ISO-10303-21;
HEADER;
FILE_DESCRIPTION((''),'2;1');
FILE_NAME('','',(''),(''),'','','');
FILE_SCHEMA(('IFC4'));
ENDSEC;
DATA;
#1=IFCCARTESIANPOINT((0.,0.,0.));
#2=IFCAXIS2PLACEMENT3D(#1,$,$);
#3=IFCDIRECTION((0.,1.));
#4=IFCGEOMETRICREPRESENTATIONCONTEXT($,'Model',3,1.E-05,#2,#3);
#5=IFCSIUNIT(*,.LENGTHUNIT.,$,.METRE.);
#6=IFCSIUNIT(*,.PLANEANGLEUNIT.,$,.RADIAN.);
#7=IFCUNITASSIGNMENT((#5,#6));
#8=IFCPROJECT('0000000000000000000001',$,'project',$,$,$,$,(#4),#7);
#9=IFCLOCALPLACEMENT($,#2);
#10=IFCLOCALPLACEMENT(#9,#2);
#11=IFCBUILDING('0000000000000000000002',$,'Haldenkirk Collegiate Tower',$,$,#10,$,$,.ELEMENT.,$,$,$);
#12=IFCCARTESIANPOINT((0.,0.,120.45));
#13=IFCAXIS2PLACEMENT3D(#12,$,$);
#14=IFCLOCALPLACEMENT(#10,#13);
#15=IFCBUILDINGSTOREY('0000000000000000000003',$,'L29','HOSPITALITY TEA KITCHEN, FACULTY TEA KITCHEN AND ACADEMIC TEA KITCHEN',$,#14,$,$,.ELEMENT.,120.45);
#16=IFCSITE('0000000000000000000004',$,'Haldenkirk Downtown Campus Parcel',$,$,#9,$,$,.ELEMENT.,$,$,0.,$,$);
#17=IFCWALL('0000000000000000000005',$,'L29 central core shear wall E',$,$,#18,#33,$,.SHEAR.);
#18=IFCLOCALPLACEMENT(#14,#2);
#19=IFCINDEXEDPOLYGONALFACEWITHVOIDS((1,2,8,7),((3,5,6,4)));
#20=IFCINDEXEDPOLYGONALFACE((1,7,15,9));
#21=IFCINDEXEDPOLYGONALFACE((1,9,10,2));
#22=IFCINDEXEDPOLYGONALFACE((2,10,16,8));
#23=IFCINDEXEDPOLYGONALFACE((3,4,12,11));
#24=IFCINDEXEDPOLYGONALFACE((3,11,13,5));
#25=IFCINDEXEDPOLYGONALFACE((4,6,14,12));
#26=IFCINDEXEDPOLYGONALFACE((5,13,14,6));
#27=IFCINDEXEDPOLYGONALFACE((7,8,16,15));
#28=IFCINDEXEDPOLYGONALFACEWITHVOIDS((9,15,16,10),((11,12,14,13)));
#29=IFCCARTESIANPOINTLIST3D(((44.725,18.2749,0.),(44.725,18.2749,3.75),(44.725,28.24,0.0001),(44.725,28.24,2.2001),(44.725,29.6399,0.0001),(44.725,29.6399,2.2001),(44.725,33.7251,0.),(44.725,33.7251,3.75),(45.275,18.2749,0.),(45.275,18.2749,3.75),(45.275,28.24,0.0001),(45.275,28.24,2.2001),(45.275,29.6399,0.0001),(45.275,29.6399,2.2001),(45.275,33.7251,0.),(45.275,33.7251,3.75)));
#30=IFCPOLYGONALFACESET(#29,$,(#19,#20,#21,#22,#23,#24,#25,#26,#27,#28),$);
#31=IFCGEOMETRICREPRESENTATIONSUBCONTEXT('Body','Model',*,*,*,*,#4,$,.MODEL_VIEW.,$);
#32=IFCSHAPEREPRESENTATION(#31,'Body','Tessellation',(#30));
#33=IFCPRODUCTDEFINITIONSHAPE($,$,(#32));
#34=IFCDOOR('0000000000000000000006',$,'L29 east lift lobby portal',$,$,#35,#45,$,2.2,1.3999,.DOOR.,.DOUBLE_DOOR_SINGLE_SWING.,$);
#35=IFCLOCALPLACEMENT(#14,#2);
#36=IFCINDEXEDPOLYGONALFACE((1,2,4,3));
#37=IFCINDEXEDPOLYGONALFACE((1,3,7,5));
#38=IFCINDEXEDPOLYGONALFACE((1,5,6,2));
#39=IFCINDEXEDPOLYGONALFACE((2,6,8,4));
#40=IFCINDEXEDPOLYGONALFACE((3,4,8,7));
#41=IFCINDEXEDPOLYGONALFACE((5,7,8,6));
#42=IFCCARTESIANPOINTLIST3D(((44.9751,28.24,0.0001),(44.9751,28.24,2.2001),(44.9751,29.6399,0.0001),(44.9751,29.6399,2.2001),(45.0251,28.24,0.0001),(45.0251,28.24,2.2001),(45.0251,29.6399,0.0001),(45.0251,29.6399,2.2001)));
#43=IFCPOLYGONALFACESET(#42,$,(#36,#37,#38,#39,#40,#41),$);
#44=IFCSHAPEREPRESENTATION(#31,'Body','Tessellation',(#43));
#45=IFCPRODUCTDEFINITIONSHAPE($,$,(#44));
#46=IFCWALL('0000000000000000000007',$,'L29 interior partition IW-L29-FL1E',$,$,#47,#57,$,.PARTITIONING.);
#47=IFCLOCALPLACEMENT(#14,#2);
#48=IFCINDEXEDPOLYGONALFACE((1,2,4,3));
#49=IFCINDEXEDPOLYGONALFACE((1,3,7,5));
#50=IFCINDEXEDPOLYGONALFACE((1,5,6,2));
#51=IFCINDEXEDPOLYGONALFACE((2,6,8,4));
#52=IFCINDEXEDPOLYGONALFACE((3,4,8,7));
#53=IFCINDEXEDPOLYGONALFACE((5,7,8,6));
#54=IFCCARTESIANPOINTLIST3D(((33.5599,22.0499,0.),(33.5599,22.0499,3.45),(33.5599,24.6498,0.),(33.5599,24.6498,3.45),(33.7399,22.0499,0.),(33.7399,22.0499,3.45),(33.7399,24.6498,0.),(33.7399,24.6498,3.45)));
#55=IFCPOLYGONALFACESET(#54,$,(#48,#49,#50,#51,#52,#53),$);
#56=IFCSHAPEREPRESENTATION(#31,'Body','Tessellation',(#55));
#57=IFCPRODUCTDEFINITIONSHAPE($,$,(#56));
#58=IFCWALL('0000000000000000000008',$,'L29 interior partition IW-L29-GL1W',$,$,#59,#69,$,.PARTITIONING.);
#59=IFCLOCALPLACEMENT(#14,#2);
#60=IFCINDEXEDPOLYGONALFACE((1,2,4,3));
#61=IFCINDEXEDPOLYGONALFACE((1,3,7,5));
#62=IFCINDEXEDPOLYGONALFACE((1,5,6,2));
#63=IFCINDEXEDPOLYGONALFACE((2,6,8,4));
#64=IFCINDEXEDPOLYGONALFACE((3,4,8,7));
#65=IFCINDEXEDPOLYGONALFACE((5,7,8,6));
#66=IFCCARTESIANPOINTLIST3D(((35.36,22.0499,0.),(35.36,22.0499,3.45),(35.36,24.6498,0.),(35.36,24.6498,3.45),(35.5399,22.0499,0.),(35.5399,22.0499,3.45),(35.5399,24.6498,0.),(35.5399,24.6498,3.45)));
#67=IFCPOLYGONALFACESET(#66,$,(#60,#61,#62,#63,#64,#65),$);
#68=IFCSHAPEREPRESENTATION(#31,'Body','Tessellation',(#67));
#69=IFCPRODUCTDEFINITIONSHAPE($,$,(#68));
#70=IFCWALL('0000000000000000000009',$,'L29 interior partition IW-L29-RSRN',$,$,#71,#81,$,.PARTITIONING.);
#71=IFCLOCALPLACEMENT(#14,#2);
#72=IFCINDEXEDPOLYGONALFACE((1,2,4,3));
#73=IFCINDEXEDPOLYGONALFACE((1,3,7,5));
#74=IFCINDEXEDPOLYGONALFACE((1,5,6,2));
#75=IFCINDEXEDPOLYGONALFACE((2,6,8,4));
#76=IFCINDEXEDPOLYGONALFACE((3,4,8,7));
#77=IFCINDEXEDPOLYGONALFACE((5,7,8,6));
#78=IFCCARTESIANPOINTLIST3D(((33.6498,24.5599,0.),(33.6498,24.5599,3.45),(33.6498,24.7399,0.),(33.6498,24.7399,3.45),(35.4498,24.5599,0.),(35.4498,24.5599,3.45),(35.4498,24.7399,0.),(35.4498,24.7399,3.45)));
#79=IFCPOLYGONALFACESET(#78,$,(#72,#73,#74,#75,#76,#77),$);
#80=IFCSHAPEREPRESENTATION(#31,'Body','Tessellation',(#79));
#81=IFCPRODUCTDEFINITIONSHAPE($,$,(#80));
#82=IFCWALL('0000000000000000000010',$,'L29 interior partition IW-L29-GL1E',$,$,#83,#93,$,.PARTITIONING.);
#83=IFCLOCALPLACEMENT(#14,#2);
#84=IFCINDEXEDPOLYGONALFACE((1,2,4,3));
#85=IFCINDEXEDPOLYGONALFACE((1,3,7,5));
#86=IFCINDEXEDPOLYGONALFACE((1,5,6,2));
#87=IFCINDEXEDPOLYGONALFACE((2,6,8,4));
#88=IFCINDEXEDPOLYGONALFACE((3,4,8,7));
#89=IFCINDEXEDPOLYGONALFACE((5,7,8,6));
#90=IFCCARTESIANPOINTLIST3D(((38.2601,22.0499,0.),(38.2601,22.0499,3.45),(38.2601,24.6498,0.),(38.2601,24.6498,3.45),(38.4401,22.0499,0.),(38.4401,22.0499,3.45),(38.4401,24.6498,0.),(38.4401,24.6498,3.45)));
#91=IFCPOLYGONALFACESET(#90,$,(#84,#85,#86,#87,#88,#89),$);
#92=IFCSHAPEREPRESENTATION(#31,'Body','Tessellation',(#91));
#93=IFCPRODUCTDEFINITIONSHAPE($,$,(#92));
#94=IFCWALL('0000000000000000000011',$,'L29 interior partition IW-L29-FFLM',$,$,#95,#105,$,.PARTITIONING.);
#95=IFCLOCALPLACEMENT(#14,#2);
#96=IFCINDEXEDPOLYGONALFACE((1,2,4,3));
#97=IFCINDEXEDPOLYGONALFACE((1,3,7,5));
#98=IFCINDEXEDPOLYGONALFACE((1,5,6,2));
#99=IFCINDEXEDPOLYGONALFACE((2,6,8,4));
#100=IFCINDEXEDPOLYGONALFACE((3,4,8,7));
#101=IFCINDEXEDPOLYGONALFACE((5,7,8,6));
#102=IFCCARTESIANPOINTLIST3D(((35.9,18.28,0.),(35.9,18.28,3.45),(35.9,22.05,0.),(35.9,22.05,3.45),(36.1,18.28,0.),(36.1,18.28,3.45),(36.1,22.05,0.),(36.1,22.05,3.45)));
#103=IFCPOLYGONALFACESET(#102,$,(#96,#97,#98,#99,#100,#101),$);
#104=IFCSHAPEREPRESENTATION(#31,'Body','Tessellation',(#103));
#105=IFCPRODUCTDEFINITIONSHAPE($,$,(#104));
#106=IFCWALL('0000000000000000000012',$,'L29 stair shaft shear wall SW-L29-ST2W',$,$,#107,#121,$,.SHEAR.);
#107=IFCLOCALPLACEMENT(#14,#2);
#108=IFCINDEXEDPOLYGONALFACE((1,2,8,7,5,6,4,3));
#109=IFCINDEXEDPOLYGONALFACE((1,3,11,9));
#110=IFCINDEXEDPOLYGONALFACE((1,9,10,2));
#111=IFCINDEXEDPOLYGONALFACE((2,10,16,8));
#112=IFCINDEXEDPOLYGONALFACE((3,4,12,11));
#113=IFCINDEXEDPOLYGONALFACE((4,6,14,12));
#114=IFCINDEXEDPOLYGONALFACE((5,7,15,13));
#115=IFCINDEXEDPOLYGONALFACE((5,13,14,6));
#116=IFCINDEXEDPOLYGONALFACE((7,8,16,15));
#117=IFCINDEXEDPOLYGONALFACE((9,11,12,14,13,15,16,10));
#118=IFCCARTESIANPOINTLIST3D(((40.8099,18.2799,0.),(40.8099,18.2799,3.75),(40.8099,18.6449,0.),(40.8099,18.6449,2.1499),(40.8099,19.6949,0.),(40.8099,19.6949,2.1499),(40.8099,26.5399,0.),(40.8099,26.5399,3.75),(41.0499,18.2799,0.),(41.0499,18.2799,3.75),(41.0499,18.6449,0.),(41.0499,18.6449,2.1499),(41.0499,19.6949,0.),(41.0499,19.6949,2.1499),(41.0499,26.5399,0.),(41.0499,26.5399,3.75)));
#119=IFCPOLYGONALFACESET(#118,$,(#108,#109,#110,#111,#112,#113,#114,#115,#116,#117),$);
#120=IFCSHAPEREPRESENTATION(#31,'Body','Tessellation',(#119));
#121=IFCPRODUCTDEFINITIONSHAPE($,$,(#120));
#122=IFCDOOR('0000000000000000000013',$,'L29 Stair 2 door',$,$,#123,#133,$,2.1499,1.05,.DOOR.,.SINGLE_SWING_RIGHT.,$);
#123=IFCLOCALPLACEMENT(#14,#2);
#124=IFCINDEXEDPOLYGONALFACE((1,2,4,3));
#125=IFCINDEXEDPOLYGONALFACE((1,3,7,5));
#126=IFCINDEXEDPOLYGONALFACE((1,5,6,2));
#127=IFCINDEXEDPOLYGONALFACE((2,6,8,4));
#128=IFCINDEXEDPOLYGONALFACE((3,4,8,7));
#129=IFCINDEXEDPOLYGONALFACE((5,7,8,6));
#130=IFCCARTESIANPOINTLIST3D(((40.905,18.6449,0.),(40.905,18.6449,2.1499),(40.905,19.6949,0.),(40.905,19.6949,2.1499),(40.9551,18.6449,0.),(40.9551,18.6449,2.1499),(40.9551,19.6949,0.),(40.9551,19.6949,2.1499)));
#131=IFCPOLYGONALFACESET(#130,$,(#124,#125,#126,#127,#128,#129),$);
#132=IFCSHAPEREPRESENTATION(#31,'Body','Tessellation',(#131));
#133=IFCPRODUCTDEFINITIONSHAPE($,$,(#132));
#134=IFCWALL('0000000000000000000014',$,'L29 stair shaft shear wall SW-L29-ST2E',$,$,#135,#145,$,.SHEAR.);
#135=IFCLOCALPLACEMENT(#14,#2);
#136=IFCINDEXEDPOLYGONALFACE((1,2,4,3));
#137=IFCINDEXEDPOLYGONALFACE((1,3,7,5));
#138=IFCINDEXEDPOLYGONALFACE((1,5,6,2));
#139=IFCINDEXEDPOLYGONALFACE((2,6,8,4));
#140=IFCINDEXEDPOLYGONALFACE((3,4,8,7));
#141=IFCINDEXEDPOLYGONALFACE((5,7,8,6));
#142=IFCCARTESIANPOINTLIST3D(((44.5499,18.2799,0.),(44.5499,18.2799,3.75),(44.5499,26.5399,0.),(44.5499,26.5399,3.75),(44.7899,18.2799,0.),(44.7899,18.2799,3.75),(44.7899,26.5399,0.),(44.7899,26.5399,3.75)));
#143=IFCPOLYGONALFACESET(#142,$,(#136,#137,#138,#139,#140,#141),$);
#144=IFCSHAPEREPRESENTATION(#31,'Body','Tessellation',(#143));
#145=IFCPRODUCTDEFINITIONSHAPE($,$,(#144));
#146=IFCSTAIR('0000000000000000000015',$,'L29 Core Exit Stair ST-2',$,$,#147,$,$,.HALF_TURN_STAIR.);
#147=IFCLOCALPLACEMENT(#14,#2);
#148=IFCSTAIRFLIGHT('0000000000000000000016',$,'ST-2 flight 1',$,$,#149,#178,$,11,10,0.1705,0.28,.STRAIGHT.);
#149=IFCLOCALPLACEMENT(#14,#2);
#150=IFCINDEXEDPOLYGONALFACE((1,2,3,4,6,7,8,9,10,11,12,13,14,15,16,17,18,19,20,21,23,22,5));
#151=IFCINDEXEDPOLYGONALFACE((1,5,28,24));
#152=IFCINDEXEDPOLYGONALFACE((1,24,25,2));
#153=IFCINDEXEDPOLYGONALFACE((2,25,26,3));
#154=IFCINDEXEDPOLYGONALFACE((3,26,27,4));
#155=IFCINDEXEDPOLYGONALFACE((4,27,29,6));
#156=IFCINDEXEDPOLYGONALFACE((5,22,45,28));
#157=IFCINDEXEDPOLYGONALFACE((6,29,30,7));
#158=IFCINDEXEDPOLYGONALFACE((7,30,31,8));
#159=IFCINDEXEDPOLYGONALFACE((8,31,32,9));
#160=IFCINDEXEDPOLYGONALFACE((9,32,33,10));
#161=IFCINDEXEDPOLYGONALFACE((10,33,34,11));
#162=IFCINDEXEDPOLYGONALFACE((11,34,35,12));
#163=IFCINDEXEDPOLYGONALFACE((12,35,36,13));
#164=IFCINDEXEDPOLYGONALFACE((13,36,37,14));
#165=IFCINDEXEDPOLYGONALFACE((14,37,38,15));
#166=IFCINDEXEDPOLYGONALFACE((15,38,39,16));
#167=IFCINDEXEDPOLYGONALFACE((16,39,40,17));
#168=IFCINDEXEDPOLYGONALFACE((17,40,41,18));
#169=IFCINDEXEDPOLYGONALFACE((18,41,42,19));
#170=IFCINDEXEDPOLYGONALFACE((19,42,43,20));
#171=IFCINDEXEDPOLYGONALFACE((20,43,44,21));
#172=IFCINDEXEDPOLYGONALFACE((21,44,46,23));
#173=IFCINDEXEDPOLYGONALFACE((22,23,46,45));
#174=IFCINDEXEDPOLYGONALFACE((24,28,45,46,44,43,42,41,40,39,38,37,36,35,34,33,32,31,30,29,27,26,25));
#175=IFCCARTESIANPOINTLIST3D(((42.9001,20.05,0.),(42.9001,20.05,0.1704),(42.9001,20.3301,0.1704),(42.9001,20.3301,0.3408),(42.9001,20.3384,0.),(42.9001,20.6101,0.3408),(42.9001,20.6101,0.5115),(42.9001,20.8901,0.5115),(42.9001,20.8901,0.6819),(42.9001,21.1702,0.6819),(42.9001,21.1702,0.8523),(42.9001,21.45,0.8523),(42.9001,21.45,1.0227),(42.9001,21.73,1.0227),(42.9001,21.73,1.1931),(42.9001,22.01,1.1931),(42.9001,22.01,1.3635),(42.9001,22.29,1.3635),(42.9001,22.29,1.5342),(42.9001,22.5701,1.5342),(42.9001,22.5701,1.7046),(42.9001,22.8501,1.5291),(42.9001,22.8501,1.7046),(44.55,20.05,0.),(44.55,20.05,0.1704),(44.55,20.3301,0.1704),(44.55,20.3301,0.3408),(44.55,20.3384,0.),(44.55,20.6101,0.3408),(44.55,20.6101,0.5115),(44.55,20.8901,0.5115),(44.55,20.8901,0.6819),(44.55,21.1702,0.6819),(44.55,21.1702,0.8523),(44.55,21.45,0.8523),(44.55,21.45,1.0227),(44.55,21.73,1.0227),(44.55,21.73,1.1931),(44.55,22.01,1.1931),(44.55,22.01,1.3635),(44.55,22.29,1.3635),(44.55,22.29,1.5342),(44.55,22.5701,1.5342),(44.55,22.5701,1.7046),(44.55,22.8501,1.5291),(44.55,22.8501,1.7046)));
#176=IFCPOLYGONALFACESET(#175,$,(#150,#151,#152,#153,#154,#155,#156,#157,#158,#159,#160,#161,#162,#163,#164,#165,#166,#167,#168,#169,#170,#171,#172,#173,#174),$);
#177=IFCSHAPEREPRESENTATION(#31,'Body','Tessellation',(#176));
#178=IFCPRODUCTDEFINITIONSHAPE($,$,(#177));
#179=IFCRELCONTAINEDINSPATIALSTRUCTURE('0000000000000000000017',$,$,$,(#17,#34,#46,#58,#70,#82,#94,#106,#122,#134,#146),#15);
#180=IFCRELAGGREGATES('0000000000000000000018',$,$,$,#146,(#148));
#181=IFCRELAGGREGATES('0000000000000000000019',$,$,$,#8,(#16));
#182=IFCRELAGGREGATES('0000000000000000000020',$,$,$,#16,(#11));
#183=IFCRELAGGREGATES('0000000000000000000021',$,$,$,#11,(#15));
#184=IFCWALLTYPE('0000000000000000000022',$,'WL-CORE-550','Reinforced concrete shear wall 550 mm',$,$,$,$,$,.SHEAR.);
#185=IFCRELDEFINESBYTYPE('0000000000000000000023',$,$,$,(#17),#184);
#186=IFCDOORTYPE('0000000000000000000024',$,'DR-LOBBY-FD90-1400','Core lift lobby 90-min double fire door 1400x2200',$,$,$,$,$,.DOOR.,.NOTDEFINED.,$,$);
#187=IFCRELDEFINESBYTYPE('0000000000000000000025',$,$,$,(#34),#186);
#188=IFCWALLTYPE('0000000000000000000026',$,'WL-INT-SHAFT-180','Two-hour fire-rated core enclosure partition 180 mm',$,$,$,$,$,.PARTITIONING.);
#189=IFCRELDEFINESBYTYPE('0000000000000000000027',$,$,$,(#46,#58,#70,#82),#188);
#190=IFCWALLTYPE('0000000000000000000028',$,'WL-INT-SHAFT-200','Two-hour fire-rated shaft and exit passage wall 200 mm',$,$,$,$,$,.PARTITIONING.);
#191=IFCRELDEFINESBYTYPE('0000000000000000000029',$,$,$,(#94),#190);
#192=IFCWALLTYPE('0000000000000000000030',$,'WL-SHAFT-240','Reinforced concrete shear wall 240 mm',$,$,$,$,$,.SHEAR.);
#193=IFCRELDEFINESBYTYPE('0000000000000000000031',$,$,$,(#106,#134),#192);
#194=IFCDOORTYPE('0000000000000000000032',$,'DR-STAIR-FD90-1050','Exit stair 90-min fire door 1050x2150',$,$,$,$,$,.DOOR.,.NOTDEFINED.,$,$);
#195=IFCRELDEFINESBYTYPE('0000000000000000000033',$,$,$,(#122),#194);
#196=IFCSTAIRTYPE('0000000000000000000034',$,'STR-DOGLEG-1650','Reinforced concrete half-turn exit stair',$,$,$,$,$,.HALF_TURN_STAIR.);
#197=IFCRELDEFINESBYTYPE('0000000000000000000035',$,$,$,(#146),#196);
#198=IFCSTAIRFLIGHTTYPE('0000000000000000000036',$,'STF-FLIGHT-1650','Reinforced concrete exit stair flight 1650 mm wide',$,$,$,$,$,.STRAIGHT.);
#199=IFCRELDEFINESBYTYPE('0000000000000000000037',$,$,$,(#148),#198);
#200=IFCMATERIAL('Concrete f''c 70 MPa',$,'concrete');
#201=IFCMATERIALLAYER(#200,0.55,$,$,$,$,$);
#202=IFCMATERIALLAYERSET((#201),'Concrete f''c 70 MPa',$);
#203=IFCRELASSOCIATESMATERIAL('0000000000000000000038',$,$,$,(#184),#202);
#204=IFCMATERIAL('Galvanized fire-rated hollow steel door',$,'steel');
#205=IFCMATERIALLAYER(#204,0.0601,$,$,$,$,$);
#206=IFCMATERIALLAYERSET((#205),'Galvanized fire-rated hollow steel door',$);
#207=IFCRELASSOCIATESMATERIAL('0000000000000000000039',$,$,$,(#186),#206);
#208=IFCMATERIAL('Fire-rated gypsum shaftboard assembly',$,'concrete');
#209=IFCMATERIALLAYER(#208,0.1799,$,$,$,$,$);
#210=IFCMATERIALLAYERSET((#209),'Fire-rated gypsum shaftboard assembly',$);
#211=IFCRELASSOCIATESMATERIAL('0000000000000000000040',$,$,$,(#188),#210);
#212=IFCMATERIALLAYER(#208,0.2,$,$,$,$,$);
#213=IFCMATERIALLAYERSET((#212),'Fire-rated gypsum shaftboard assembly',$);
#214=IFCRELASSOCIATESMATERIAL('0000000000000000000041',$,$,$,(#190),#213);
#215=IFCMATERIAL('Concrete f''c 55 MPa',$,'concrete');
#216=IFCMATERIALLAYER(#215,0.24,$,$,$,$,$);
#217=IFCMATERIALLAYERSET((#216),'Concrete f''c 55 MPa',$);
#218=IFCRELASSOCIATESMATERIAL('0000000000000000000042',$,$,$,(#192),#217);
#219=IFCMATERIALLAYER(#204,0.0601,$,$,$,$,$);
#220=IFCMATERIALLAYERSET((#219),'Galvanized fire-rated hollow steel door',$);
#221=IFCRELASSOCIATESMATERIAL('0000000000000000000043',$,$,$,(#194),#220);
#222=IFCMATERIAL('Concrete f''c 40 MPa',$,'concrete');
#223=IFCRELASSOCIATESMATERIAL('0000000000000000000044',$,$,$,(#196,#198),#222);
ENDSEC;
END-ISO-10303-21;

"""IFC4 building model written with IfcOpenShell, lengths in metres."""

from ifc_helpers import new_model, si_unit, direction, frame, frame_2d, origin, place, context, subcontext, project, spatial, polyline, rectangle, outline, extrude, material, layer, layer_set, type_object, element, fill, aggregate, save


model = new_model("IFC4")

# Units and contexts
model_context = context("Model", 3, precision=1e-05, world=origin(), true_north=direction((0.0, 1.0)))
body_context = subcontext(model_context, "Body", "Model", "MODEL_VIEW")
ifc_project = project(units=[si_unit("LENGTHUNIT", "METRE"), si_unit("PLANEANGLEUNIT", "RADIAN")], contexts=[model_context])

# Site, building, storey
site_placement = place(None, origin())
site = spatial("IfcSite", under=ifc_project, at=site_placement, Name="Haldenkirk Downtown Campus Parcel", CompositionType="ELEMENT", RefElevation=0.0)
building_placement = place(site_placement, origin())
building = spatial("IfcBuilding", under=site, at=building_placement, Name="Haldenkirk Collegiate Tower", CompositionType="ELEMENT")
storey_placement = place(building_placement, frame((0.0, 0.0, 120.45)))
storey = spatial("IfcBuildingStorey", under=building, at=storey_placement, Name="L29", Description="HOSPITALITY TEA KITCHEN, FACULTY TEA KITCHEN AND ACADEMIC TEA KITCHEN", CompositionType="ELEMENT", Elevation=120.45)

# Wall, opening, door
ifc_material_1 = material(Name="Concrete f'c 70 MPa", Category="concrete")
ifc_layer_1 = layer(ifc_material_1, 0.55)
ifc_layer_set_1 = layer_set([ifc_layer_1], Name="Concrete f'c 70 MPa")
wall_type_1 = type_object("IfcWallType", Name="WL-CORE-550", Description="Reinforced concrete shear wall 550 mm", PredefinedType="SHEAR", material=ifc_layer_set_1)
wall_1_placement = place(storey_placement, frame((45.0, 18.2749, 0.0), z_axis=(0.0, 0.0, 1.0), x_axis=(0.0, 1.0, 0.0)))
wall_1 = element("IfcWall", 1, at=wall_1_placement, inside=storey, type_object=wall_type_1, Name="L29 central core shear wall E", PredefinedType="SHEAR", context=body_context, shape_type="SweptSolid", body=[
    extrude(rectangle(XDim=15.4502, YDim=0.55, at=frame_2d((7.7251, 0.0))), origin(), (0.0, 0.0, 1.0), 3.75),
])
opening_1_placement = place(wall_1_placement, frame((9.9651, 0.0, 0.0)))
opening_1 = element("IfcOpeningElement", 2, at=opening_1_placement, cuts=wall_1, PredefinedType="OPENING", context=body_context, shape_type="SweptSolid", body=[
    extrude(rectangle(XDim=1.3999, YDim=2.2, at=frame_2d((0.7, 1.1001))), frame((0.0, 0.2849, 0.0), z_axis=(0.0, -1.0, 0.0), x_axis=(1.0, 0.0, 0.0)), (0.0, 0.0, 1.0), 0.5701),
])
ifc_material_2 = material(Name="Galvanized fire-rated hollow steel door", Category="steel")
ifc_layer_2 = layer(ifc_material_2, 0.0601)
ifc_layer_set_2 = layer_set([ifc_layer_2], Name="Galvanized fire-rated hollow steel door")
door_type_1 = type_object("IfcDoorType", Name="DR-LOBBY-FD90-1400", Description="Core lift lobby 90-min double fire door 1400x2200", OperationType="NOTDEFINED", PredefinedType="DOOR", material=ifc_layer_set_2)
door_1_placement = place(opening_1_placement, origin())
door_1 = element("IfcDoor", 3, at=door_1_placement, inside=storey, type_object=door_type_1, Name="L29 east lift lobby portal", OperationType="DOUBLE_DOOR_SINGLE_SWING", OverallHeight=2.2, OverallWidth=1.3999, PredefinedType="DOOR", context=body_context, shape_type="SweptSolid", body=[
    extrude(rectangle(XDim=1.3999, YDim=2.2, at=frame_2d((0.7, 1.1001))), frame((0.0, 0.0249, 0.0), z_axis=(0.0, -1.0, 0.0), x_axis=(1.0, 0.0, 0.0)), (0.0, 0.0, 1.0), 0.05),
])
fill(opening_1, door_1)

# Walls
ifc_material_3 = material(Name="Fire-rated gypsum shaftboard assembly", Category="concrete")
ifc_layer_3 = layer(ifc_material_3, 0.1799)
ifc_layer_set_3 = layer_set([ifc_layer_3], Name="Fire-rated gypsum shaftboard assembly")
wall_type_2 = type_object("IfcWallType", Name="WL-INT-SHAFT-180", Description="Two-hour fire-rated core enclosure partition 180 mm", PredefinedType="PARTITIONING", material=ifc_layer_set_3)
for number, where, z_axis, x_axis, name in (
    (4, (33.6499, 22.05, 0.0), (0.0, 0.0, 1.0), (0.0, 1.0, 0.0), "L29 interior partition IW-L29-FL1E"),
    (5, (35.45, 22.05, 0.0), (0.0, 0.0, 1.0), (0.0, 1.0, 0.0), "L29 interior partition IW-L29-GL1W"),
):
    element("IfcWall", number, at=place(storey_placement, frame(where, z_axis=z_axis, x_axis=x_axis)), inside=storey, type_object=wall_type_2, Name=name, PredefinedType="PARTITIONING", context=body_context, shape_type="SweptSolid", body=[
        extrude(rectangle(XDim=2.5999, YDim=0.1799, at=frame_2d((1.2998, 0.0))), origin(), (0.0, 0.0, 1.0), 3.45),
    ])
wall_2_placement = place(storey_placement, frame((33.6499, 24.6499, 0.0), z_axis=(0.0, 0.0, 1.0), x_axis=(1.0, 0.0, 0.0)))
element("IfcWall", 6, at=wall_2_placement, inside=storey, type_object=wall_type_2, Name="L29 interior partition IW-L29-RSRN", PredefinedType="PARTITIONING", context=body_context, shape_type="SweptSolid", body=[
    extrude(rectangle(XDim=1.8, YDim=0.1799, at=frame_2d((0.8999, 0.0))), origin(), (0.0, 0.0, 1.0), 3.45),
])
wall_3_placement = place(storey_placement, frame((38.3501, 22.05, 0.0), z_axis=(0.0, 0.0, 1.0), x_axis=(0.0, 1.0, 0.0)))
element("IfcWall", 7, at=wall_3_placement, inside=storey, type_object=wall_type_2, Name="L29 interior partition IW-L29-GL1E", PredefinedType="PARTITIONING", context=body_context, shape_type="SweptSolid", body=[
    extrude(rectangle(XDim=2.5999, YDim=0.1799, at=frame_2d((1.2998, 0.0))), origin(), (0.0, 0.0, 1.0), 3.45),
])
ifc_layer_4 = layer(ifc_material_3, 0.2)
ifc_layer_set_4 = layer_set([ifc_layer_4], Name="Fire-rated gypsum shaftboard assembly")
wall_type_3 = type_object("IfcWallType", Name="WL-INT-SHAFT-200", Description="Two-hour fire-rated shaft and exit passage wall 200 mm", PredefinedType="PARTITIONING", material=ifc_layer_set_4)
wall_4_placement = place(storey_placement, frame((36.0, 18.28, 0.0), z_axis=(0.0, 0.0, 1.0), x_axis=(0.0, 1.0, 0.0)))
element("IfcWall", 8, at=wall_4_placement, inside=storey, type_object=wall_type_3, Name="L29 interior partition IW-L29-FFLM", PredefinedType="PARTITIONING", context=body_context, shape_type="SweptSolid", body=[
    extrude(rectangle(XDim=3.77, YDim=0.2, at=frame_2d((1.885, 0.0))), origin(), (0.0, 0.0, 1.0), 3.45),
])

# Wall, opening, door
ifc_material_4 = material(Name="Concrete f'c 55 MPa", Category="concrete")
ifc_layer_5 = layer(ifc_material_4, 0.24)
ifc_layer_set_5 = layer_set([ifc_layer_5], Name="Concrete f'c 55 MPa")
wall_type_4 = type_object("IfcWallType", Name="WL-SHAFT-240", Description="Reinforced concrete shear wall 240 mm", PredefinedType="SHEAR", material=ifc_layer_set_5)
wall_5_placement = place(storey_placement, frame((40.9299, 18.28, 0.0), z_axis=(0.0, 0.0, 1.0), x_axis=(0.0, 1.0, 0.0)))
wall_5 = element("IfcWall", 9, at=wall_5_placement, inside=storey, type_object=wall_type_4, Name="L29 stair shaft shear wall SW-L29-ST2W", PredefinedType="SHEAR", context=body_context, shape_type="SweptSolid", body=[
    extrude(rectangle(XDim=8.26, YDim=0.24, at=frame_2d((4.1299, 0.0))), origin(), (0.0, 0.0, 1.0), 3.75),
])
opening_2_placement = place(wall_5_placement, frame((0.365, 0.0, 0.0)))
opening_2 = element("IfcOpeningElement", 10, at=opening_2_placement, cuts=wall_5, PredefinedType="OPENING", context=body_context, shape_type="SweptSolid", body=[
    extrude(rectangle(XDim=1.05, YDim=2.1499, at=frame_2d((0.5249, 1.075))), frame((0.0, 0.1299, 0.0), z_axis=(0.0, -1.0, 0.0), x_axis=(1.0, 0.0, 0.0)), (0.0, 0.0, 1.0), 0.26),
])
ifc_layer_6 = layer(ifc_material_2, 0.0601)
ifc_layer_set_6 = layer_set([ifc_layer_6], Name="Galvanized fire-rated hollow steel door")
door_type_2 = type_object("IfcDoorType", Name="DR-STAIR-FD90-1050", Description="Exit stair 90-min fire door 1050x2150", OperationType="NOTDEFINED", PredefinedType="DOOR", material=ifc_layer_set_6)
door_2_placement = place(opening_2_placement, origin())
door_2 = element("IfcDoor", 11, at=door_2_placement, inside=storey, type_object=door_type_2, Name="L29 Stair 2 door", OperationType="SINGLE_SWING_RIGHT", OverallHeight=2.1499, OverallWidth=1.05, PredefinedType="DOOR", context=body_context, shape_type="SweptSolid", body=[
    extrude(rectangle(XDim=1.05, YDim=2.1499, at=frame_2d((0.5249, 1.075))), frame((0.0, 0.0249, 0.0), z_axis=(0.0, -1.0, 0.0), x_axis=(1.0, 0.0, 0.0)), (0.0, 0.0, 1.0), 0.05),
])
fill(opening_2, door_2)

# Wall
wall_6_placement = place(storey_placement, frame((44.6699, 18.28, 0.0), z_axis=(0.0, 0.0, 1.0), x_axis=(0.0, 1.0, 0.0)))
element("IfcWall", 12, at=wall_6_placement, inside=storey, type_object=wall_type_4, Name="L29 stair shaft shear wall SW-L29-ST2E", PredefinedType="SHEAR", context=body_context, shape_type="SweptSolid", body=[
    extrude(rectangle(XDim=8.26, YDim=0.24, at=frame_2d((4.1299, 0.0))), origin(), (0.0, 0.0, 1.0), 3.75),
])

# Stair, stair flight
ifc_material_5 = material(Name="Concrete f'c 40 MPa", Category="concrete")
stair_type = type_object("IfcStairType", Name="STR-DOGLEG-1650", Description="Reinforced concrete half-turn exit stair", PredefinedType="HALF_TURN_STAIR", material=ifc_material_5)
stair_placement = place(storey_placement, origin())
stair = element("IfcStair", 13, at=stair_placement, inside=storey, type_object=stair_type, Name="L29 Core Exit Stair ST-2", PredefinedType="HALF_TURN_STAIR")
stair_flight_type = type_object("IfcStairFlightType", Name="STF-FLIGHT-1650", Description="Reinforced concrete exit stair flight 1650 mm wide", PredefinedType="STRAIGHT", material=ifc_material_5)
stair_flight_1_placement = place(storey_placement, frame((43.7251, 20.05, 0.0), z_axis=(0.0, 0.0, 1.0), x_axis=(0.0, 1.0, 0.0)))
stair_flight_1 = element("IfcStairFlight", 14, at=stair_flight_1_placement, type_object=stair_flight_type, Name="ST-2 flight 1", NumberOfRisers=11, NumberOfTreads=10, PredefinedType="STRAIGHT", RiserHeight=0.1705, TreadLength=0.28, context=body_context, shape_type="SweptSolid", body=[
    extrude(outline(polyline([(0.0, 0.0), (0.0, 0.1704), (0.28, 0.1704), (0.28, 0.3408), (0.5601, 0.3408), (0.5601, 0.5115), (0.8401, 0.5115), (0.8401, 0.6819), (1.1201, 0.6819), (1.1201, 0.8523), (1.3999, 0.8523), (1.3999, 1.0227), (1.6799, 1.0227), (1.6799, 1.1931), (1.96, 1.1931), (1.96, 1.3635), (2.24, 1.3635), (2.24, 1.5342), (2.52, 1.5342), (2.52, 1.7046), (2.8, 1.7046), (2.8, 1.875), (2.8, 1.5291), (0.2883, 0.0), (0.0, 0.0)])), frame((0.0, 0.825, 0.0), z_axis=(0.0, -1.0, 0.0), x_axis=(1.0, 0.0, 0.0)), (0.0, 0.0, 1.0), 1.6499),
])
aggregate(stair, [stair_flight_1])

save(model, "model.ifc")
